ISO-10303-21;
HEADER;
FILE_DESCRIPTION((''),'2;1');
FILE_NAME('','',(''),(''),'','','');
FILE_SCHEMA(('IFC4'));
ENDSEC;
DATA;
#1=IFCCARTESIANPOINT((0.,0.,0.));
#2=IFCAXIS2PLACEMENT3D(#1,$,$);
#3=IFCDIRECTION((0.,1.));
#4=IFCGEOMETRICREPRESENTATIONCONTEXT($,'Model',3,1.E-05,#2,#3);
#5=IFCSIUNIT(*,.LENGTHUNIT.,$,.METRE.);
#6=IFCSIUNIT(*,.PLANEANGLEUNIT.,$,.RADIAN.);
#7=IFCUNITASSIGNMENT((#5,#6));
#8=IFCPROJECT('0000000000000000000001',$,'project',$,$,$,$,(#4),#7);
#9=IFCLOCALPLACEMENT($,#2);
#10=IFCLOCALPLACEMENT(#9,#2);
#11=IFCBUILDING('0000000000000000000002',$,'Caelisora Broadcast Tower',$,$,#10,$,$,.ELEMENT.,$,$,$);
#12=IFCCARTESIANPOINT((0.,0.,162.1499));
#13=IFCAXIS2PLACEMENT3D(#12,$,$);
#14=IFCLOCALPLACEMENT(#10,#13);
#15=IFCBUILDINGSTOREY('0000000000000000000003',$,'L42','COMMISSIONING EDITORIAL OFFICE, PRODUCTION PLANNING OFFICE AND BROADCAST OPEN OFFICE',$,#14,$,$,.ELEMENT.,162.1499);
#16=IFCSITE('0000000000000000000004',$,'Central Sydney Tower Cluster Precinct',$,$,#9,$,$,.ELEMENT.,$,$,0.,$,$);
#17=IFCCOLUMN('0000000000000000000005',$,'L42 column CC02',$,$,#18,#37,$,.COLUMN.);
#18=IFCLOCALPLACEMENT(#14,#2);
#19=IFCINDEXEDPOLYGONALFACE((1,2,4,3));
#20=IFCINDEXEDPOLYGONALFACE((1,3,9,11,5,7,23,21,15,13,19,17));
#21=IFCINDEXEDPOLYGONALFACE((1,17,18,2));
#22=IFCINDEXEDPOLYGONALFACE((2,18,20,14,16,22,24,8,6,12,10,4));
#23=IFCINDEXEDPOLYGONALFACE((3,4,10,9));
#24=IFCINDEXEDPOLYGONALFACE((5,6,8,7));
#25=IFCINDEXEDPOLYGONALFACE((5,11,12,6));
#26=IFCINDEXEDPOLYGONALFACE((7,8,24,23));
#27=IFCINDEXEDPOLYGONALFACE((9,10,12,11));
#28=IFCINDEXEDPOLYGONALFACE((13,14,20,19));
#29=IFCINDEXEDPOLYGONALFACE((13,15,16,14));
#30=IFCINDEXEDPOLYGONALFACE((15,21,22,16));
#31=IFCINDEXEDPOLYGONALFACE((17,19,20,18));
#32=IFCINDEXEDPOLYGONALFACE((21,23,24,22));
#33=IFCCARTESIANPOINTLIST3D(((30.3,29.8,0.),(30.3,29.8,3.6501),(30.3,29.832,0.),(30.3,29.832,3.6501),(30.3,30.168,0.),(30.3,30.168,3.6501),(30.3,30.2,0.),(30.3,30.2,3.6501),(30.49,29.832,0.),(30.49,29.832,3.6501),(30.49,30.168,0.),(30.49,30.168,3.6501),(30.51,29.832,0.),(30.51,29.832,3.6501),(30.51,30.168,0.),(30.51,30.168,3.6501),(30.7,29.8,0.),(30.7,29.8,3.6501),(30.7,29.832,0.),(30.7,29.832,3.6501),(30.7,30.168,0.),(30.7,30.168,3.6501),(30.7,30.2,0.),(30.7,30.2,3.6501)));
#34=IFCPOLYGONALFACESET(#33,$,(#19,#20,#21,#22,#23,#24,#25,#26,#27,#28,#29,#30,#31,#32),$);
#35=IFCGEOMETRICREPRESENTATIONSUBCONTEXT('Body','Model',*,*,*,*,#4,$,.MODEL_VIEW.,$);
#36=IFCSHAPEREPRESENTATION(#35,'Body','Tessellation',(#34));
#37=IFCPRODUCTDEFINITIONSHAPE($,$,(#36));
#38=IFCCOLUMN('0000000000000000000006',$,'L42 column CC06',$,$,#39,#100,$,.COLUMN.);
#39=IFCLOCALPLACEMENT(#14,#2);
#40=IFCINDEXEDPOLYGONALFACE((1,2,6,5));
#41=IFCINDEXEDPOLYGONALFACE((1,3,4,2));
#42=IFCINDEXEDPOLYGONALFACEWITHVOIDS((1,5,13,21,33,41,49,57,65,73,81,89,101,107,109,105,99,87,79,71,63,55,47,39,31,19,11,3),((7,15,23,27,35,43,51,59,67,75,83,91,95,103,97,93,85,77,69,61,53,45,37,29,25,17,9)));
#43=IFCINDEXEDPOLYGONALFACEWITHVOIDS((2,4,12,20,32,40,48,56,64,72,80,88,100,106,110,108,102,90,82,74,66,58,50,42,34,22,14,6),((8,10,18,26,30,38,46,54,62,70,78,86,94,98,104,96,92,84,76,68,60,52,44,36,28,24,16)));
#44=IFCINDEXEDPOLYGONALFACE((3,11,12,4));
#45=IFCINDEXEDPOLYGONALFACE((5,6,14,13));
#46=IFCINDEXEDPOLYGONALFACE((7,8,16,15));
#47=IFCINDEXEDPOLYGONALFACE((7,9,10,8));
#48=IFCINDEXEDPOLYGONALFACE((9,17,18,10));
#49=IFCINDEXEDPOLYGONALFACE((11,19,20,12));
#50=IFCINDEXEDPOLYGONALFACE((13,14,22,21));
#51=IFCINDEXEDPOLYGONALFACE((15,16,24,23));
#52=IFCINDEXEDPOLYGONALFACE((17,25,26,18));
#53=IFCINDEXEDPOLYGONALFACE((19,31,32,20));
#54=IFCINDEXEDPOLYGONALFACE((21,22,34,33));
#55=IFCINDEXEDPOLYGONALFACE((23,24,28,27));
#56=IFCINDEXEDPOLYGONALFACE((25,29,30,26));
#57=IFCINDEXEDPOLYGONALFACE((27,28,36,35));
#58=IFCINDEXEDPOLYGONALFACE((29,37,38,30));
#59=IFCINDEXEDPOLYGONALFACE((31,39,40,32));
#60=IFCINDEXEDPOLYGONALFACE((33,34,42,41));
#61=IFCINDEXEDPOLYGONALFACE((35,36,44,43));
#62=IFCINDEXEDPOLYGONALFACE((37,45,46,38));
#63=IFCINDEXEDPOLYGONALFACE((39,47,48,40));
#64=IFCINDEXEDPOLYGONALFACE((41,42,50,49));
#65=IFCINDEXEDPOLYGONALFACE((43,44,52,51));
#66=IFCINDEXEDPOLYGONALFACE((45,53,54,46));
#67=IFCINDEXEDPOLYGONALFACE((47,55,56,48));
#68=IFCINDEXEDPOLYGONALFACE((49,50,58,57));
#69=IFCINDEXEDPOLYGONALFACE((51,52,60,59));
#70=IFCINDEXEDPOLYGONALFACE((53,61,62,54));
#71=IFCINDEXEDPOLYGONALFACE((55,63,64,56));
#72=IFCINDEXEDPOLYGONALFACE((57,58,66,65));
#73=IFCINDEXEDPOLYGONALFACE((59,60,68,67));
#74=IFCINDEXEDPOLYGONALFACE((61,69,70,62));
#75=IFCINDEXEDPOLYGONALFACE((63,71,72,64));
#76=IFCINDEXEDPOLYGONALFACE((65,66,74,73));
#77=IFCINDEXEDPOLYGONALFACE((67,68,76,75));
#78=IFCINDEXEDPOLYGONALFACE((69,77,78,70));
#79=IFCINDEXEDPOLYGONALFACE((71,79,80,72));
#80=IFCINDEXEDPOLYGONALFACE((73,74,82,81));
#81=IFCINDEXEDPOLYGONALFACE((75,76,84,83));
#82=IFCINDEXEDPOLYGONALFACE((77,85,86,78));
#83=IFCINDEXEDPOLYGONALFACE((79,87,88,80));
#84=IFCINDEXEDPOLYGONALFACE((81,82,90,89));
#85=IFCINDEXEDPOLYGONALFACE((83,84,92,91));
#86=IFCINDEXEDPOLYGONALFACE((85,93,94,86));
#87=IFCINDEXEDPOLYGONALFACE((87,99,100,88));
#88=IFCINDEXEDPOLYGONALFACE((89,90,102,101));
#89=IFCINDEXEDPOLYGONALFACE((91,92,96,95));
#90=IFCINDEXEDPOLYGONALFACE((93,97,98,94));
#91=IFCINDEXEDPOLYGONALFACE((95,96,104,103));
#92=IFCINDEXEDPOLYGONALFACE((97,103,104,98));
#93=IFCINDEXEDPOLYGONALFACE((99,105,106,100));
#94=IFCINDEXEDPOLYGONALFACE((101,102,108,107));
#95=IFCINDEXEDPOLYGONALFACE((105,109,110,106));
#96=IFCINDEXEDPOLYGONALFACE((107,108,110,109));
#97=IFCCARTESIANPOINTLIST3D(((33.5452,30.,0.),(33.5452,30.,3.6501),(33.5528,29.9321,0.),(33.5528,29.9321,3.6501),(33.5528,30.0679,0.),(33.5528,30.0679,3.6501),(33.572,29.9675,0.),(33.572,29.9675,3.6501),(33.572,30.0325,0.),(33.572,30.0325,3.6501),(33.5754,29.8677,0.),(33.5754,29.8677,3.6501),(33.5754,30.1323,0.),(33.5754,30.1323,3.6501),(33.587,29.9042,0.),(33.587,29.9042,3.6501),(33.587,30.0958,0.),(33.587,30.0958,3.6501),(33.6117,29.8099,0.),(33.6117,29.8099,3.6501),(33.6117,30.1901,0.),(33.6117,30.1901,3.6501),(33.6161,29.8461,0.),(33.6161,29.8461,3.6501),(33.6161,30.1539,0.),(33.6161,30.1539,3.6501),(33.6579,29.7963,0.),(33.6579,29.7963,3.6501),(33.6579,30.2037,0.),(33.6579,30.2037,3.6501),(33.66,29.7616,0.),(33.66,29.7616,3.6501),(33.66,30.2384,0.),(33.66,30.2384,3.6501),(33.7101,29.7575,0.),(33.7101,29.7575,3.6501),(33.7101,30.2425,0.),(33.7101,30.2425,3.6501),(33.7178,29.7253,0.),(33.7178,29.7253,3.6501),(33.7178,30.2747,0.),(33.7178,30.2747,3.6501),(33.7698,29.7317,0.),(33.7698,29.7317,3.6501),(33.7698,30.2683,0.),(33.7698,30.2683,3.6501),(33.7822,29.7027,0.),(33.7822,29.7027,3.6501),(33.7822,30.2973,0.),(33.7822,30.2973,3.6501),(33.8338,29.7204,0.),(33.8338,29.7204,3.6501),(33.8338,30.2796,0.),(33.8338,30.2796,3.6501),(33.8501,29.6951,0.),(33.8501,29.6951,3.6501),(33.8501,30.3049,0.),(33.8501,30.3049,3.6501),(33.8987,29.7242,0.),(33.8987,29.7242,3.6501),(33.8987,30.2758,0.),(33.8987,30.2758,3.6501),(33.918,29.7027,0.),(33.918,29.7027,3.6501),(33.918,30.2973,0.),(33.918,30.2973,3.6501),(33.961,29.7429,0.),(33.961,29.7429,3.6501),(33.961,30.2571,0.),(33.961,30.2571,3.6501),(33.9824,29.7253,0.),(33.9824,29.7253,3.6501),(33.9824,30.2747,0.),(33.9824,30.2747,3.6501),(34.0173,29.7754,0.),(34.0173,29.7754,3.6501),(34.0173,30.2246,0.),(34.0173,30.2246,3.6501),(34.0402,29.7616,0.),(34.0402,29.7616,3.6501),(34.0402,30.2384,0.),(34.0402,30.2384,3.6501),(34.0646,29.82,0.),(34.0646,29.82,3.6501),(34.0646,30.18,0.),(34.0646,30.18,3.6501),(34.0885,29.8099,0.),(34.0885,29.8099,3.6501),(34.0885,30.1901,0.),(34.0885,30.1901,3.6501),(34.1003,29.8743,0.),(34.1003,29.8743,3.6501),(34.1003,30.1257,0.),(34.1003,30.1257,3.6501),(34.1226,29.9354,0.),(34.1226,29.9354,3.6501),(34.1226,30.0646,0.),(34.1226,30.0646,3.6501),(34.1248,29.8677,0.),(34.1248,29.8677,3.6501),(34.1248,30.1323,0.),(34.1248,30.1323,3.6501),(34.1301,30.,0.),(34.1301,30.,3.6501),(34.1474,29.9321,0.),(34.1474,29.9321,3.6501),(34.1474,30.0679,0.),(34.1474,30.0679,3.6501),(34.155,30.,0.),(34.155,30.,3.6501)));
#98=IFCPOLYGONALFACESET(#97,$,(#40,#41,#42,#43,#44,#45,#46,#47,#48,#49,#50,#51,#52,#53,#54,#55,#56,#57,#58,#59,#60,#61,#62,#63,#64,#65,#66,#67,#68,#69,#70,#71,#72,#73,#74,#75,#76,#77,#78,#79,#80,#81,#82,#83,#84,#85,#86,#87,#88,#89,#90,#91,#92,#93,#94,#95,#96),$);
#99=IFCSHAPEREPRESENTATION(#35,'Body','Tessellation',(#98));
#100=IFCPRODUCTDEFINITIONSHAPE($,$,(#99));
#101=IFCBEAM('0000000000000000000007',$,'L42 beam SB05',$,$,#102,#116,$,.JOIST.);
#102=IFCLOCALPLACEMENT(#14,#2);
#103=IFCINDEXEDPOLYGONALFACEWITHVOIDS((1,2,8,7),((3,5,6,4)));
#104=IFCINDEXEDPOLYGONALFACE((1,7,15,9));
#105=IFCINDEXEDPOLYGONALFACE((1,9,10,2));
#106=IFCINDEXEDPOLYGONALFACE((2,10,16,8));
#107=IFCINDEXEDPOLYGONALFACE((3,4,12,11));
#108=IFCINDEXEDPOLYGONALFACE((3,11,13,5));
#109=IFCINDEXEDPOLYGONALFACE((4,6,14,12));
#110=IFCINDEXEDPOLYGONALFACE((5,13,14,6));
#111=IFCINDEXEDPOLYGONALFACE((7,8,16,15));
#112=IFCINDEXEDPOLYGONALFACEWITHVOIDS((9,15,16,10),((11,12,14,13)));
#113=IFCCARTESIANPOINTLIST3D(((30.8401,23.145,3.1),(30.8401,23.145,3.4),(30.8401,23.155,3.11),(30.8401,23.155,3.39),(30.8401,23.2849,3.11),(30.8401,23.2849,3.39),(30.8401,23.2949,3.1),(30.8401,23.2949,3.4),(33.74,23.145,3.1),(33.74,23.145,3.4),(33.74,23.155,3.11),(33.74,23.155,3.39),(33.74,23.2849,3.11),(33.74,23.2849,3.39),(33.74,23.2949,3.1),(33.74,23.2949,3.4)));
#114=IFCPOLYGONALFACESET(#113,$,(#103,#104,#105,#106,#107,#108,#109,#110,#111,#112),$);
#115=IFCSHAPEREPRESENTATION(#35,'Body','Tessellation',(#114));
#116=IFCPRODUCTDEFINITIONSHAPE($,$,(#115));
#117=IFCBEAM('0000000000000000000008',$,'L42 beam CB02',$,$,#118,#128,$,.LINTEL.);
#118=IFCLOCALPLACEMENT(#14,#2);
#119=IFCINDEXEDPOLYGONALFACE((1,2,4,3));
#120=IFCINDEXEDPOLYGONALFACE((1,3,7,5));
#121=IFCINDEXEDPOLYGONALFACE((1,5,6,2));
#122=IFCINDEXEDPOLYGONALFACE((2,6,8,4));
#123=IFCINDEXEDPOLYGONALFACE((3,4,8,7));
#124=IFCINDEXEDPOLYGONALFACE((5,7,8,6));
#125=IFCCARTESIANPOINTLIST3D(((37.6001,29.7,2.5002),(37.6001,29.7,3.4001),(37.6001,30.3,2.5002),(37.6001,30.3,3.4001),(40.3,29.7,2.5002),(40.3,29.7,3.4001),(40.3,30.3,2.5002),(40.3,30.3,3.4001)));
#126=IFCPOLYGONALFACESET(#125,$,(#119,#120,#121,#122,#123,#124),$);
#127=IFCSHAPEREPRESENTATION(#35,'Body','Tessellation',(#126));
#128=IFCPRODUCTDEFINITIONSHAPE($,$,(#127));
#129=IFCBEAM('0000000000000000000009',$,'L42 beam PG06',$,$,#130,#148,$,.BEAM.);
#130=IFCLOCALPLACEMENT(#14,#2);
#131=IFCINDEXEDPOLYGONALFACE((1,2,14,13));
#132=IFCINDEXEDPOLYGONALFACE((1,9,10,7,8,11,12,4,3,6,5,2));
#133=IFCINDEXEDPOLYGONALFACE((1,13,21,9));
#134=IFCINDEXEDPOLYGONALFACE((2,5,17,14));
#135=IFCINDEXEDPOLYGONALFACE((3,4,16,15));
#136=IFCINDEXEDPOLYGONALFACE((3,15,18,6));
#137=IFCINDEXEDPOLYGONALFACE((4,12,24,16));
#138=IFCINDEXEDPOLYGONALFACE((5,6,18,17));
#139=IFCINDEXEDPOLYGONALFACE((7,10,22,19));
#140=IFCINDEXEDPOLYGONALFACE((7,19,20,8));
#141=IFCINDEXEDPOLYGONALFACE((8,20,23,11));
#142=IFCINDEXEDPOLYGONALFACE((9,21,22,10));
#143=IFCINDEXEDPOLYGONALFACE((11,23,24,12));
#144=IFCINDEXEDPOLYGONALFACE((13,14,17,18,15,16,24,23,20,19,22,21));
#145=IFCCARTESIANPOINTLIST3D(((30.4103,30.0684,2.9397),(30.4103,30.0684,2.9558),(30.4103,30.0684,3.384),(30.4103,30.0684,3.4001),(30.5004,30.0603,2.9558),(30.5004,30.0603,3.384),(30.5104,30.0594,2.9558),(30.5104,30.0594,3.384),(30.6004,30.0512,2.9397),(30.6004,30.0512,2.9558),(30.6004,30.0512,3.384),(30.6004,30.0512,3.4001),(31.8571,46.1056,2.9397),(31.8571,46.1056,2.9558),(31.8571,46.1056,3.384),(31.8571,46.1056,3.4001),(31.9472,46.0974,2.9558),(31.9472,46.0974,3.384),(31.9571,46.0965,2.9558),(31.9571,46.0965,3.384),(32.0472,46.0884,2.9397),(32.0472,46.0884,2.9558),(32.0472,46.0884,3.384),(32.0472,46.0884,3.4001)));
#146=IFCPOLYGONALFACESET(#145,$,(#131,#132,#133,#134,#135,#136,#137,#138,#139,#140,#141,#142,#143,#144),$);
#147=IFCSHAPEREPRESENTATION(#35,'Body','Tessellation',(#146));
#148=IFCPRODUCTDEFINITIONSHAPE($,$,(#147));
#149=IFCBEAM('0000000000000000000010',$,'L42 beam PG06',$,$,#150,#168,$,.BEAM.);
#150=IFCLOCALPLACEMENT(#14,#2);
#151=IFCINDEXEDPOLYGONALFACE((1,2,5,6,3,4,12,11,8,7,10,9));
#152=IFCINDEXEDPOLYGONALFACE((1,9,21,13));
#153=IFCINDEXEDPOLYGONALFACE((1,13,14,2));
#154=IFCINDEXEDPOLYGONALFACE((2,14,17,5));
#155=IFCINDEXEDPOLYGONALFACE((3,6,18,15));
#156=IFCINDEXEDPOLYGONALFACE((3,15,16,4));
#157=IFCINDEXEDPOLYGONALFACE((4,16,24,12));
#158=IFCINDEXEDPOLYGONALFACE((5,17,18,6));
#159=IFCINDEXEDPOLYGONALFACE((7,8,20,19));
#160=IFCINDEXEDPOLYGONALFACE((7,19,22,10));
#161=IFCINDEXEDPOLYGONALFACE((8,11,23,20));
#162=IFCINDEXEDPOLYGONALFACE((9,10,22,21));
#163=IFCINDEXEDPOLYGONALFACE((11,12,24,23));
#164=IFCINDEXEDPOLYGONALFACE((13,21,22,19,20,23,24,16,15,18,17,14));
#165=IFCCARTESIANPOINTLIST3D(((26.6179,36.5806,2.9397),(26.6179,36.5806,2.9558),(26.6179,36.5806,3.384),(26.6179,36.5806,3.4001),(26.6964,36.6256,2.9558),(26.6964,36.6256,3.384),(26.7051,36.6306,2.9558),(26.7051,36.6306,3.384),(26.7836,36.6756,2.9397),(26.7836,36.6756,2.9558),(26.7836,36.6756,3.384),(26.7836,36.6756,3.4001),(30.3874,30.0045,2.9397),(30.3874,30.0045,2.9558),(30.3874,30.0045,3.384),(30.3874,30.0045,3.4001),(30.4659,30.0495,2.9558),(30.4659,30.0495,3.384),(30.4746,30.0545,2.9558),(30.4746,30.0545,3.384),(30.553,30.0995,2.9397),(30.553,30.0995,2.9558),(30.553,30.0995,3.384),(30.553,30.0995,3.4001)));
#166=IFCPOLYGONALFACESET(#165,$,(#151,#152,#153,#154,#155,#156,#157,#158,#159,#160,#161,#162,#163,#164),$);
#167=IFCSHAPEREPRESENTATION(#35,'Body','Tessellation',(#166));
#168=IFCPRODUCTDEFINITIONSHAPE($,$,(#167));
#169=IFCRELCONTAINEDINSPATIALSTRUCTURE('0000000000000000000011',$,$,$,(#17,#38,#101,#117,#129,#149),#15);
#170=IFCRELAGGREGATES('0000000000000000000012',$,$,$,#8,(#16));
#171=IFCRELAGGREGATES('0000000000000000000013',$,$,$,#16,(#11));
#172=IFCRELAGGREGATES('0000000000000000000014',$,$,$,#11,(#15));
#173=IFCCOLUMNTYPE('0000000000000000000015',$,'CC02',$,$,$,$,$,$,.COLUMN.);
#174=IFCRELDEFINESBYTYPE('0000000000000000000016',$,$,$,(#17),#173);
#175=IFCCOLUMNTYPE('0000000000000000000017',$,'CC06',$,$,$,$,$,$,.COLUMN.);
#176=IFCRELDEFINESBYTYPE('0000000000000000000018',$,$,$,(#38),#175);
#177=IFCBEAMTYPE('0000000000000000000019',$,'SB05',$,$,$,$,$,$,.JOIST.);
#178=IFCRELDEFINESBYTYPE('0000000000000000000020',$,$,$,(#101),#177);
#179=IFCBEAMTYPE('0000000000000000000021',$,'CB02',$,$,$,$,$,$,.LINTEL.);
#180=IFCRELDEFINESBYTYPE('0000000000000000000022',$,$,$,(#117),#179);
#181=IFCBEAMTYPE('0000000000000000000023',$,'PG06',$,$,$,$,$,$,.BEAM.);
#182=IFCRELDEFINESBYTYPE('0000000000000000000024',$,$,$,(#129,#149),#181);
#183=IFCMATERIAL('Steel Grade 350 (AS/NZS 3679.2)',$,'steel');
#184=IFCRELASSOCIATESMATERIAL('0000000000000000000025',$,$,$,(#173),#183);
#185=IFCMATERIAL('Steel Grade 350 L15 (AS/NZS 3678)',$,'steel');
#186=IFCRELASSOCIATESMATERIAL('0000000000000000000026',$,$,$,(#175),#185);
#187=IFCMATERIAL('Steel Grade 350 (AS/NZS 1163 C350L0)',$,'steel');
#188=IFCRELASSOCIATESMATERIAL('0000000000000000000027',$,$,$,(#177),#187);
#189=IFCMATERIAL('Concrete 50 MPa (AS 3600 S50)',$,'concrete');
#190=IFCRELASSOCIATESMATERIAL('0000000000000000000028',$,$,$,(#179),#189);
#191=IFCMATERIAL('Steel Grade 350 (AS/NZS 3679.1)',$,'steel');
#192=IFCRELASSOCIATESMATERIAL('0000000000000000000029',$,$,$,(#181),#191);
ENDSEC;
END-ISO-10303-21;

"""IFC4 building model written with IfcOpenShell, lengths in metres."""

from ifc_helpers import new_model, si_unit, direction, frame, origin, origin_2d, place, context, subcontext, project, spatial, rectangle, hollow_rectangle, hollow_circle, i_section, extrude, source, transform, mapped, material, material_profile, profile_set, type_object, type_shapes, element, save


model = new_model("IFC4")

# Units and contexts
model_context = context("Model", 3, precision=1e-05, world=origin(), true_north=direction((0.0, 1.0)))
body_context = subcontext(model_context, "Body", "Model", "MODEL_VIEW")
ifc_project = project(units=[si_unit("LENGTHUNIT", "METRE"), si_unit("PLANEANGLEUNIT", "RADIAN")], contexts=[model_context])

# Site, building, storey
site_placement = place(None, origin())
site = spatial("IfcSite", under=ifc_project, at=site_placement, Name="Central Sydney Tower Cluster Precinct", CompositionType="ELEMENT", RefElevation=0.0)
building_placement = place(site_placement, origin())
building = spatial("IfcBuilding", under=site, at=building_placement, Name="Caelisora Broadcast Tower", CompositionType="ELEMENT")
storey_placement = place(building_placement, frame((0.0, 0.0, 162.1499)))
storey = spatial("IfcBuildingStorey", under=building, at=storey_placement, Name="L42", Description="COMMISSIONING EDITORIAL OFFICE, PRODUCTION PLANNING OFFICE AND BROADCAST OPEN OFFICE", CompositionType="ELEMENT", Elevation=162.1499)

# Columns
ifc_material_1 = material(Name="Steel Grade 350 (AS/NZS 3679.2)", Category="steel")
ifc_material_profile_1 = material_profile(ifc_material_1, i_section(OverallWidth=0.3999, OverallDepth=0.3999, WebThickness=0.02, FlangeThickness=0.032, at=origin_2d()), Name="Steel Grade 350 (AS/NZS 3679.2)")
ifc_profile_set_1 = profile_set([ifc_material_profile_1], Name="Steel Grade 350 (AS/NZS 3679.2)")
column_type_1 = type_object("IfcColumnType", Name="CC02", PredefinedType="COLUMN", material=ifc_profile_set_1)
shared_shape_1 = source(origin(), body_context, "Body", "SweptSolid", [
    extrude(i_section(OverallWidth=0.3999, OverallDepth=0.3999, WebThickness=0.02, FlangeThickness=0.032, at=origin_2d()), origin(), (0.0, 0.0, 1.0), 3.6501),
])
type_shapes(column_type_1, [shared_shape_1])
column_1_placement = place(storey_placement, frame((30.5, 30.0, 0.0), z_axis=(0.0, 0.0, 1.0), x_axis=(1.0, 0.0, 0.0)))
element("IfcColumn", 1, at=column_1_placement, inside=storey, type_object=column_type_1, Name="L42 column CC02", PredefinedType="COLUMN", context=body_context, shape_type="MappedRepresentation", body=[
    mapped(shared_shape_1, transform((0.0, 0.0, 0.0), scale=1.0)),
])
ifc_material_2 = material(Name="Steel Grade 350 L15 (AS/NZS 3678)", Category="steel")
ifc_material_profile_2 = material_profile(ifc_material_2, hollow_circle(Radius=0.3049, WallThickness=0.0249, at=origin_2d()), Name="Steel Grade 350 L15 (AS/NZS 3678)")
ifc_profile_set_2 = profile_set([ifc_material_profile_2], Name="Steel Grade 350 L15 (AS/NZS 3678)")
column_type_2 = type_object("IfcColumnType", Name="CC06", PredefinedType="COLUMN", material=ifc_profile_set_2)
shared_shape_2 = source(origin(), body_context, "Body", "SweptSolid", [
    extrude(hollow_circle(Radius=0.3049, WallThickness=0.0249, at=origin_2d()), origin(), (0.0, 0.0, 1.0), 3.6501),
])
type_shapes(column_type_2, [shared_shape_2])
column_2_placement = place(storey_placement, frame((33.8501, 30.0, 0.0), z_axis=(0.0, 0.0, 1.0), x_axis=(1.0, 0.0, 0.0)))
element("IfcColumn", 2, at=column_2_placement, inside=storey, type_object=column_type_2, Name="L42 column CC06", PredefinedType="COLUMN", context=body_context, shape_type="MappedRepresentation", body=[
    mapped(shared_shape_2, transform((0.0, 0.0, 0.0), scale=1.0)),
])

# Beams
ifc_material_3 = material(Name="Steel Grade 350 (AS/NZS 1163 C350L0)", Category="steel")
ifc_material_profile_3 = material_profile(ifc_material_3, hollow_rectangle(XDim=0.1499, YDim=0.3, WallThickness=0.01, at=origin_2d()), Name="Steel Grade 350 (AS/NZS 1163 C350L0)")
ifc_profile_set_3 = profile_set([ifc_material_profile_3], Name="Steel Grade 350 (AS/NZS 1163 C350L0)")
beam_type_1 = type_object("IfcBeamType", Name="SB05", PredefinedType="JOIST", material=ifc_profile_set_3)
shared_shape_3 = source(origin(), body_context, "Body", "SweptSolid", [
    extrude(hollow_rectangle(XDim=0.1499, YDim=0.3, WallThickness=0.01, at=origin_2d()), origin(), (0.0, 0.0, 1.0), 2.8999),
])
type_shapes(beam_type_1, [shared_shape_3])
beam_1_placement = place(storey_placement, frame((30.8401, 23.22, 3.25), z_axis=(1.0, 0.0, 0.0), x_axis=(0.0, 1.0, 0.0)))
element("IfcBeam", 3, at=beam_1_placement, inside=storey, type_object=beam_type_1, Name="L42 beam SB05", PredefinedType="JOIST", context=body_context, shape_type="MappedRepresentation", body=[
    mapped(shared_shape_3, transform((0.0, 0.0, 0.0), scale=1.0)),
])
ifc_material_4 = material(Name="Concrete 50 MPa (AS 3600 S50)", Category="concrete")
ifc_material_profile_4 = material_profile(ifc_material_4, rectangle(XDim=0.6001, YDim=0.8999, at=origin_2d()), Name="Concrete 50 MPa (AS 3600 S50)")
ifc_profile_set_4 = profile_set([ifc_material_profile_4], Name="Concrete 50 MPa (AS 3600 S50)")
beam_type_2 = type_object("IfcBeamType", Name="CB02", PredefinedType="LINTEL", material=ifc_profile_set_4)
shared_shape_4 = source(origin(), body_context, "Body", "SweptSolid", [
    extrude(rectangle(XDim=0.6001, YDim=0.8999, at=origin_2d()), origin(), (0.0, 0.0, 1.0), 2.7),
])
type_shapes(beam_type_2, [shared_shape_4])
beam_2_placement = place(storey_placement, frame((37.6001, 30.0, 2.9502), z_axis=(1.0, 0.0, 0.0), x_axis=(0.0, 1.0, 0.0)))
element("IfcBeam", 4, at=beam_2_placement, inside=storey, type_object=beam_type_2, Name="L42 beam CB02", PredefinedType="LINTEL", context=body_context, shape_type="MappedRepresentation", body=[
    mapped(shared_shape_4, transform((0.0, 0.0, 0.0), scale=1.0)),
])
ifc_material_5 = material(Name="Steel Grade 350 (AS/NZS 3679.1)", Category="steel")
ifc_material_profile_5 = material_profile(ifc_material_5, i_section(OverallWidth=0.1909, OverallDepth=0.4604, WebThickness=0.01, FlangeThickness=0.0161, at=origin_2d()), Name="Steel Grade 350 (AS/NZS 3679.1)")
ifc_profile_set_5 = profile_set([ifc_material_profile_5], Name="Steel Grade 350 (AS/NZS 3679.1)")
beam_type_3 = type_object("IfcBeamType", Name="PG06", PredefinedType="BEAM", material=ifc_profile_set_5)
shared_shape_5 = source(origin(), body_context, "Body", "SweptSolid", [
    extrude(i_section(OverallWidth=0.1909, OverallDepth=0.4604, WebThickness=0.01, FlangeThickness=0.0161, at=origin_2d()), origin(), (0.0, 0.0, 1.0), 16.1023),
])
beam_3_placement = place(storey_placement, frame((30.5054, 30.0598, 3.1699), z_axis=(0.089849, 0.995955, 0.0), x_axis=(-0.995955, 0.089849, 0.0)))
element("IfcBeam", 5, at=beam_3_placement, inside=storey, type_object=beam_type_3, Name="L42 beam PG06", PredefinedType="BEAM", context=body_context, shape_type="MappedRepresentation", body=[
    mapped(shared_shape_5, transform((0.0, 0.0, 0.0), scale=1.0)),
])
shared_shape_6 = source(origin(), body_context, "Body", "SweptSolid", [
    extrude(i_section(OverallWidth=0.1909, OverallDepth=0.4604, WebThickness=0.01, FlangeThickness=0.0161, at=origin_2d()), origin(), (0.0, 0.0, 1.0), 7.5798),
])
beam_4_placement = place(storey_placement, frame((30.4702, 30.052, 3.1699), z_axis=(-0.497304, 0.867576, 0.0), x_axis=(-0.867576, -0.497304, 0.0)))
element("IfcBeam", 6, at=beam_4_placement, inside=storey, type_object=beam_type_3, Name="L42 beam PG06", PredefinedType="BEAM", context=body_context, shape_type="MappedRepresentation", body=[
    mapped(shared_shape_6, transform((0.0, 0.0, 0.0), scale=1.0)),
])

save(model, "model.ifc")
